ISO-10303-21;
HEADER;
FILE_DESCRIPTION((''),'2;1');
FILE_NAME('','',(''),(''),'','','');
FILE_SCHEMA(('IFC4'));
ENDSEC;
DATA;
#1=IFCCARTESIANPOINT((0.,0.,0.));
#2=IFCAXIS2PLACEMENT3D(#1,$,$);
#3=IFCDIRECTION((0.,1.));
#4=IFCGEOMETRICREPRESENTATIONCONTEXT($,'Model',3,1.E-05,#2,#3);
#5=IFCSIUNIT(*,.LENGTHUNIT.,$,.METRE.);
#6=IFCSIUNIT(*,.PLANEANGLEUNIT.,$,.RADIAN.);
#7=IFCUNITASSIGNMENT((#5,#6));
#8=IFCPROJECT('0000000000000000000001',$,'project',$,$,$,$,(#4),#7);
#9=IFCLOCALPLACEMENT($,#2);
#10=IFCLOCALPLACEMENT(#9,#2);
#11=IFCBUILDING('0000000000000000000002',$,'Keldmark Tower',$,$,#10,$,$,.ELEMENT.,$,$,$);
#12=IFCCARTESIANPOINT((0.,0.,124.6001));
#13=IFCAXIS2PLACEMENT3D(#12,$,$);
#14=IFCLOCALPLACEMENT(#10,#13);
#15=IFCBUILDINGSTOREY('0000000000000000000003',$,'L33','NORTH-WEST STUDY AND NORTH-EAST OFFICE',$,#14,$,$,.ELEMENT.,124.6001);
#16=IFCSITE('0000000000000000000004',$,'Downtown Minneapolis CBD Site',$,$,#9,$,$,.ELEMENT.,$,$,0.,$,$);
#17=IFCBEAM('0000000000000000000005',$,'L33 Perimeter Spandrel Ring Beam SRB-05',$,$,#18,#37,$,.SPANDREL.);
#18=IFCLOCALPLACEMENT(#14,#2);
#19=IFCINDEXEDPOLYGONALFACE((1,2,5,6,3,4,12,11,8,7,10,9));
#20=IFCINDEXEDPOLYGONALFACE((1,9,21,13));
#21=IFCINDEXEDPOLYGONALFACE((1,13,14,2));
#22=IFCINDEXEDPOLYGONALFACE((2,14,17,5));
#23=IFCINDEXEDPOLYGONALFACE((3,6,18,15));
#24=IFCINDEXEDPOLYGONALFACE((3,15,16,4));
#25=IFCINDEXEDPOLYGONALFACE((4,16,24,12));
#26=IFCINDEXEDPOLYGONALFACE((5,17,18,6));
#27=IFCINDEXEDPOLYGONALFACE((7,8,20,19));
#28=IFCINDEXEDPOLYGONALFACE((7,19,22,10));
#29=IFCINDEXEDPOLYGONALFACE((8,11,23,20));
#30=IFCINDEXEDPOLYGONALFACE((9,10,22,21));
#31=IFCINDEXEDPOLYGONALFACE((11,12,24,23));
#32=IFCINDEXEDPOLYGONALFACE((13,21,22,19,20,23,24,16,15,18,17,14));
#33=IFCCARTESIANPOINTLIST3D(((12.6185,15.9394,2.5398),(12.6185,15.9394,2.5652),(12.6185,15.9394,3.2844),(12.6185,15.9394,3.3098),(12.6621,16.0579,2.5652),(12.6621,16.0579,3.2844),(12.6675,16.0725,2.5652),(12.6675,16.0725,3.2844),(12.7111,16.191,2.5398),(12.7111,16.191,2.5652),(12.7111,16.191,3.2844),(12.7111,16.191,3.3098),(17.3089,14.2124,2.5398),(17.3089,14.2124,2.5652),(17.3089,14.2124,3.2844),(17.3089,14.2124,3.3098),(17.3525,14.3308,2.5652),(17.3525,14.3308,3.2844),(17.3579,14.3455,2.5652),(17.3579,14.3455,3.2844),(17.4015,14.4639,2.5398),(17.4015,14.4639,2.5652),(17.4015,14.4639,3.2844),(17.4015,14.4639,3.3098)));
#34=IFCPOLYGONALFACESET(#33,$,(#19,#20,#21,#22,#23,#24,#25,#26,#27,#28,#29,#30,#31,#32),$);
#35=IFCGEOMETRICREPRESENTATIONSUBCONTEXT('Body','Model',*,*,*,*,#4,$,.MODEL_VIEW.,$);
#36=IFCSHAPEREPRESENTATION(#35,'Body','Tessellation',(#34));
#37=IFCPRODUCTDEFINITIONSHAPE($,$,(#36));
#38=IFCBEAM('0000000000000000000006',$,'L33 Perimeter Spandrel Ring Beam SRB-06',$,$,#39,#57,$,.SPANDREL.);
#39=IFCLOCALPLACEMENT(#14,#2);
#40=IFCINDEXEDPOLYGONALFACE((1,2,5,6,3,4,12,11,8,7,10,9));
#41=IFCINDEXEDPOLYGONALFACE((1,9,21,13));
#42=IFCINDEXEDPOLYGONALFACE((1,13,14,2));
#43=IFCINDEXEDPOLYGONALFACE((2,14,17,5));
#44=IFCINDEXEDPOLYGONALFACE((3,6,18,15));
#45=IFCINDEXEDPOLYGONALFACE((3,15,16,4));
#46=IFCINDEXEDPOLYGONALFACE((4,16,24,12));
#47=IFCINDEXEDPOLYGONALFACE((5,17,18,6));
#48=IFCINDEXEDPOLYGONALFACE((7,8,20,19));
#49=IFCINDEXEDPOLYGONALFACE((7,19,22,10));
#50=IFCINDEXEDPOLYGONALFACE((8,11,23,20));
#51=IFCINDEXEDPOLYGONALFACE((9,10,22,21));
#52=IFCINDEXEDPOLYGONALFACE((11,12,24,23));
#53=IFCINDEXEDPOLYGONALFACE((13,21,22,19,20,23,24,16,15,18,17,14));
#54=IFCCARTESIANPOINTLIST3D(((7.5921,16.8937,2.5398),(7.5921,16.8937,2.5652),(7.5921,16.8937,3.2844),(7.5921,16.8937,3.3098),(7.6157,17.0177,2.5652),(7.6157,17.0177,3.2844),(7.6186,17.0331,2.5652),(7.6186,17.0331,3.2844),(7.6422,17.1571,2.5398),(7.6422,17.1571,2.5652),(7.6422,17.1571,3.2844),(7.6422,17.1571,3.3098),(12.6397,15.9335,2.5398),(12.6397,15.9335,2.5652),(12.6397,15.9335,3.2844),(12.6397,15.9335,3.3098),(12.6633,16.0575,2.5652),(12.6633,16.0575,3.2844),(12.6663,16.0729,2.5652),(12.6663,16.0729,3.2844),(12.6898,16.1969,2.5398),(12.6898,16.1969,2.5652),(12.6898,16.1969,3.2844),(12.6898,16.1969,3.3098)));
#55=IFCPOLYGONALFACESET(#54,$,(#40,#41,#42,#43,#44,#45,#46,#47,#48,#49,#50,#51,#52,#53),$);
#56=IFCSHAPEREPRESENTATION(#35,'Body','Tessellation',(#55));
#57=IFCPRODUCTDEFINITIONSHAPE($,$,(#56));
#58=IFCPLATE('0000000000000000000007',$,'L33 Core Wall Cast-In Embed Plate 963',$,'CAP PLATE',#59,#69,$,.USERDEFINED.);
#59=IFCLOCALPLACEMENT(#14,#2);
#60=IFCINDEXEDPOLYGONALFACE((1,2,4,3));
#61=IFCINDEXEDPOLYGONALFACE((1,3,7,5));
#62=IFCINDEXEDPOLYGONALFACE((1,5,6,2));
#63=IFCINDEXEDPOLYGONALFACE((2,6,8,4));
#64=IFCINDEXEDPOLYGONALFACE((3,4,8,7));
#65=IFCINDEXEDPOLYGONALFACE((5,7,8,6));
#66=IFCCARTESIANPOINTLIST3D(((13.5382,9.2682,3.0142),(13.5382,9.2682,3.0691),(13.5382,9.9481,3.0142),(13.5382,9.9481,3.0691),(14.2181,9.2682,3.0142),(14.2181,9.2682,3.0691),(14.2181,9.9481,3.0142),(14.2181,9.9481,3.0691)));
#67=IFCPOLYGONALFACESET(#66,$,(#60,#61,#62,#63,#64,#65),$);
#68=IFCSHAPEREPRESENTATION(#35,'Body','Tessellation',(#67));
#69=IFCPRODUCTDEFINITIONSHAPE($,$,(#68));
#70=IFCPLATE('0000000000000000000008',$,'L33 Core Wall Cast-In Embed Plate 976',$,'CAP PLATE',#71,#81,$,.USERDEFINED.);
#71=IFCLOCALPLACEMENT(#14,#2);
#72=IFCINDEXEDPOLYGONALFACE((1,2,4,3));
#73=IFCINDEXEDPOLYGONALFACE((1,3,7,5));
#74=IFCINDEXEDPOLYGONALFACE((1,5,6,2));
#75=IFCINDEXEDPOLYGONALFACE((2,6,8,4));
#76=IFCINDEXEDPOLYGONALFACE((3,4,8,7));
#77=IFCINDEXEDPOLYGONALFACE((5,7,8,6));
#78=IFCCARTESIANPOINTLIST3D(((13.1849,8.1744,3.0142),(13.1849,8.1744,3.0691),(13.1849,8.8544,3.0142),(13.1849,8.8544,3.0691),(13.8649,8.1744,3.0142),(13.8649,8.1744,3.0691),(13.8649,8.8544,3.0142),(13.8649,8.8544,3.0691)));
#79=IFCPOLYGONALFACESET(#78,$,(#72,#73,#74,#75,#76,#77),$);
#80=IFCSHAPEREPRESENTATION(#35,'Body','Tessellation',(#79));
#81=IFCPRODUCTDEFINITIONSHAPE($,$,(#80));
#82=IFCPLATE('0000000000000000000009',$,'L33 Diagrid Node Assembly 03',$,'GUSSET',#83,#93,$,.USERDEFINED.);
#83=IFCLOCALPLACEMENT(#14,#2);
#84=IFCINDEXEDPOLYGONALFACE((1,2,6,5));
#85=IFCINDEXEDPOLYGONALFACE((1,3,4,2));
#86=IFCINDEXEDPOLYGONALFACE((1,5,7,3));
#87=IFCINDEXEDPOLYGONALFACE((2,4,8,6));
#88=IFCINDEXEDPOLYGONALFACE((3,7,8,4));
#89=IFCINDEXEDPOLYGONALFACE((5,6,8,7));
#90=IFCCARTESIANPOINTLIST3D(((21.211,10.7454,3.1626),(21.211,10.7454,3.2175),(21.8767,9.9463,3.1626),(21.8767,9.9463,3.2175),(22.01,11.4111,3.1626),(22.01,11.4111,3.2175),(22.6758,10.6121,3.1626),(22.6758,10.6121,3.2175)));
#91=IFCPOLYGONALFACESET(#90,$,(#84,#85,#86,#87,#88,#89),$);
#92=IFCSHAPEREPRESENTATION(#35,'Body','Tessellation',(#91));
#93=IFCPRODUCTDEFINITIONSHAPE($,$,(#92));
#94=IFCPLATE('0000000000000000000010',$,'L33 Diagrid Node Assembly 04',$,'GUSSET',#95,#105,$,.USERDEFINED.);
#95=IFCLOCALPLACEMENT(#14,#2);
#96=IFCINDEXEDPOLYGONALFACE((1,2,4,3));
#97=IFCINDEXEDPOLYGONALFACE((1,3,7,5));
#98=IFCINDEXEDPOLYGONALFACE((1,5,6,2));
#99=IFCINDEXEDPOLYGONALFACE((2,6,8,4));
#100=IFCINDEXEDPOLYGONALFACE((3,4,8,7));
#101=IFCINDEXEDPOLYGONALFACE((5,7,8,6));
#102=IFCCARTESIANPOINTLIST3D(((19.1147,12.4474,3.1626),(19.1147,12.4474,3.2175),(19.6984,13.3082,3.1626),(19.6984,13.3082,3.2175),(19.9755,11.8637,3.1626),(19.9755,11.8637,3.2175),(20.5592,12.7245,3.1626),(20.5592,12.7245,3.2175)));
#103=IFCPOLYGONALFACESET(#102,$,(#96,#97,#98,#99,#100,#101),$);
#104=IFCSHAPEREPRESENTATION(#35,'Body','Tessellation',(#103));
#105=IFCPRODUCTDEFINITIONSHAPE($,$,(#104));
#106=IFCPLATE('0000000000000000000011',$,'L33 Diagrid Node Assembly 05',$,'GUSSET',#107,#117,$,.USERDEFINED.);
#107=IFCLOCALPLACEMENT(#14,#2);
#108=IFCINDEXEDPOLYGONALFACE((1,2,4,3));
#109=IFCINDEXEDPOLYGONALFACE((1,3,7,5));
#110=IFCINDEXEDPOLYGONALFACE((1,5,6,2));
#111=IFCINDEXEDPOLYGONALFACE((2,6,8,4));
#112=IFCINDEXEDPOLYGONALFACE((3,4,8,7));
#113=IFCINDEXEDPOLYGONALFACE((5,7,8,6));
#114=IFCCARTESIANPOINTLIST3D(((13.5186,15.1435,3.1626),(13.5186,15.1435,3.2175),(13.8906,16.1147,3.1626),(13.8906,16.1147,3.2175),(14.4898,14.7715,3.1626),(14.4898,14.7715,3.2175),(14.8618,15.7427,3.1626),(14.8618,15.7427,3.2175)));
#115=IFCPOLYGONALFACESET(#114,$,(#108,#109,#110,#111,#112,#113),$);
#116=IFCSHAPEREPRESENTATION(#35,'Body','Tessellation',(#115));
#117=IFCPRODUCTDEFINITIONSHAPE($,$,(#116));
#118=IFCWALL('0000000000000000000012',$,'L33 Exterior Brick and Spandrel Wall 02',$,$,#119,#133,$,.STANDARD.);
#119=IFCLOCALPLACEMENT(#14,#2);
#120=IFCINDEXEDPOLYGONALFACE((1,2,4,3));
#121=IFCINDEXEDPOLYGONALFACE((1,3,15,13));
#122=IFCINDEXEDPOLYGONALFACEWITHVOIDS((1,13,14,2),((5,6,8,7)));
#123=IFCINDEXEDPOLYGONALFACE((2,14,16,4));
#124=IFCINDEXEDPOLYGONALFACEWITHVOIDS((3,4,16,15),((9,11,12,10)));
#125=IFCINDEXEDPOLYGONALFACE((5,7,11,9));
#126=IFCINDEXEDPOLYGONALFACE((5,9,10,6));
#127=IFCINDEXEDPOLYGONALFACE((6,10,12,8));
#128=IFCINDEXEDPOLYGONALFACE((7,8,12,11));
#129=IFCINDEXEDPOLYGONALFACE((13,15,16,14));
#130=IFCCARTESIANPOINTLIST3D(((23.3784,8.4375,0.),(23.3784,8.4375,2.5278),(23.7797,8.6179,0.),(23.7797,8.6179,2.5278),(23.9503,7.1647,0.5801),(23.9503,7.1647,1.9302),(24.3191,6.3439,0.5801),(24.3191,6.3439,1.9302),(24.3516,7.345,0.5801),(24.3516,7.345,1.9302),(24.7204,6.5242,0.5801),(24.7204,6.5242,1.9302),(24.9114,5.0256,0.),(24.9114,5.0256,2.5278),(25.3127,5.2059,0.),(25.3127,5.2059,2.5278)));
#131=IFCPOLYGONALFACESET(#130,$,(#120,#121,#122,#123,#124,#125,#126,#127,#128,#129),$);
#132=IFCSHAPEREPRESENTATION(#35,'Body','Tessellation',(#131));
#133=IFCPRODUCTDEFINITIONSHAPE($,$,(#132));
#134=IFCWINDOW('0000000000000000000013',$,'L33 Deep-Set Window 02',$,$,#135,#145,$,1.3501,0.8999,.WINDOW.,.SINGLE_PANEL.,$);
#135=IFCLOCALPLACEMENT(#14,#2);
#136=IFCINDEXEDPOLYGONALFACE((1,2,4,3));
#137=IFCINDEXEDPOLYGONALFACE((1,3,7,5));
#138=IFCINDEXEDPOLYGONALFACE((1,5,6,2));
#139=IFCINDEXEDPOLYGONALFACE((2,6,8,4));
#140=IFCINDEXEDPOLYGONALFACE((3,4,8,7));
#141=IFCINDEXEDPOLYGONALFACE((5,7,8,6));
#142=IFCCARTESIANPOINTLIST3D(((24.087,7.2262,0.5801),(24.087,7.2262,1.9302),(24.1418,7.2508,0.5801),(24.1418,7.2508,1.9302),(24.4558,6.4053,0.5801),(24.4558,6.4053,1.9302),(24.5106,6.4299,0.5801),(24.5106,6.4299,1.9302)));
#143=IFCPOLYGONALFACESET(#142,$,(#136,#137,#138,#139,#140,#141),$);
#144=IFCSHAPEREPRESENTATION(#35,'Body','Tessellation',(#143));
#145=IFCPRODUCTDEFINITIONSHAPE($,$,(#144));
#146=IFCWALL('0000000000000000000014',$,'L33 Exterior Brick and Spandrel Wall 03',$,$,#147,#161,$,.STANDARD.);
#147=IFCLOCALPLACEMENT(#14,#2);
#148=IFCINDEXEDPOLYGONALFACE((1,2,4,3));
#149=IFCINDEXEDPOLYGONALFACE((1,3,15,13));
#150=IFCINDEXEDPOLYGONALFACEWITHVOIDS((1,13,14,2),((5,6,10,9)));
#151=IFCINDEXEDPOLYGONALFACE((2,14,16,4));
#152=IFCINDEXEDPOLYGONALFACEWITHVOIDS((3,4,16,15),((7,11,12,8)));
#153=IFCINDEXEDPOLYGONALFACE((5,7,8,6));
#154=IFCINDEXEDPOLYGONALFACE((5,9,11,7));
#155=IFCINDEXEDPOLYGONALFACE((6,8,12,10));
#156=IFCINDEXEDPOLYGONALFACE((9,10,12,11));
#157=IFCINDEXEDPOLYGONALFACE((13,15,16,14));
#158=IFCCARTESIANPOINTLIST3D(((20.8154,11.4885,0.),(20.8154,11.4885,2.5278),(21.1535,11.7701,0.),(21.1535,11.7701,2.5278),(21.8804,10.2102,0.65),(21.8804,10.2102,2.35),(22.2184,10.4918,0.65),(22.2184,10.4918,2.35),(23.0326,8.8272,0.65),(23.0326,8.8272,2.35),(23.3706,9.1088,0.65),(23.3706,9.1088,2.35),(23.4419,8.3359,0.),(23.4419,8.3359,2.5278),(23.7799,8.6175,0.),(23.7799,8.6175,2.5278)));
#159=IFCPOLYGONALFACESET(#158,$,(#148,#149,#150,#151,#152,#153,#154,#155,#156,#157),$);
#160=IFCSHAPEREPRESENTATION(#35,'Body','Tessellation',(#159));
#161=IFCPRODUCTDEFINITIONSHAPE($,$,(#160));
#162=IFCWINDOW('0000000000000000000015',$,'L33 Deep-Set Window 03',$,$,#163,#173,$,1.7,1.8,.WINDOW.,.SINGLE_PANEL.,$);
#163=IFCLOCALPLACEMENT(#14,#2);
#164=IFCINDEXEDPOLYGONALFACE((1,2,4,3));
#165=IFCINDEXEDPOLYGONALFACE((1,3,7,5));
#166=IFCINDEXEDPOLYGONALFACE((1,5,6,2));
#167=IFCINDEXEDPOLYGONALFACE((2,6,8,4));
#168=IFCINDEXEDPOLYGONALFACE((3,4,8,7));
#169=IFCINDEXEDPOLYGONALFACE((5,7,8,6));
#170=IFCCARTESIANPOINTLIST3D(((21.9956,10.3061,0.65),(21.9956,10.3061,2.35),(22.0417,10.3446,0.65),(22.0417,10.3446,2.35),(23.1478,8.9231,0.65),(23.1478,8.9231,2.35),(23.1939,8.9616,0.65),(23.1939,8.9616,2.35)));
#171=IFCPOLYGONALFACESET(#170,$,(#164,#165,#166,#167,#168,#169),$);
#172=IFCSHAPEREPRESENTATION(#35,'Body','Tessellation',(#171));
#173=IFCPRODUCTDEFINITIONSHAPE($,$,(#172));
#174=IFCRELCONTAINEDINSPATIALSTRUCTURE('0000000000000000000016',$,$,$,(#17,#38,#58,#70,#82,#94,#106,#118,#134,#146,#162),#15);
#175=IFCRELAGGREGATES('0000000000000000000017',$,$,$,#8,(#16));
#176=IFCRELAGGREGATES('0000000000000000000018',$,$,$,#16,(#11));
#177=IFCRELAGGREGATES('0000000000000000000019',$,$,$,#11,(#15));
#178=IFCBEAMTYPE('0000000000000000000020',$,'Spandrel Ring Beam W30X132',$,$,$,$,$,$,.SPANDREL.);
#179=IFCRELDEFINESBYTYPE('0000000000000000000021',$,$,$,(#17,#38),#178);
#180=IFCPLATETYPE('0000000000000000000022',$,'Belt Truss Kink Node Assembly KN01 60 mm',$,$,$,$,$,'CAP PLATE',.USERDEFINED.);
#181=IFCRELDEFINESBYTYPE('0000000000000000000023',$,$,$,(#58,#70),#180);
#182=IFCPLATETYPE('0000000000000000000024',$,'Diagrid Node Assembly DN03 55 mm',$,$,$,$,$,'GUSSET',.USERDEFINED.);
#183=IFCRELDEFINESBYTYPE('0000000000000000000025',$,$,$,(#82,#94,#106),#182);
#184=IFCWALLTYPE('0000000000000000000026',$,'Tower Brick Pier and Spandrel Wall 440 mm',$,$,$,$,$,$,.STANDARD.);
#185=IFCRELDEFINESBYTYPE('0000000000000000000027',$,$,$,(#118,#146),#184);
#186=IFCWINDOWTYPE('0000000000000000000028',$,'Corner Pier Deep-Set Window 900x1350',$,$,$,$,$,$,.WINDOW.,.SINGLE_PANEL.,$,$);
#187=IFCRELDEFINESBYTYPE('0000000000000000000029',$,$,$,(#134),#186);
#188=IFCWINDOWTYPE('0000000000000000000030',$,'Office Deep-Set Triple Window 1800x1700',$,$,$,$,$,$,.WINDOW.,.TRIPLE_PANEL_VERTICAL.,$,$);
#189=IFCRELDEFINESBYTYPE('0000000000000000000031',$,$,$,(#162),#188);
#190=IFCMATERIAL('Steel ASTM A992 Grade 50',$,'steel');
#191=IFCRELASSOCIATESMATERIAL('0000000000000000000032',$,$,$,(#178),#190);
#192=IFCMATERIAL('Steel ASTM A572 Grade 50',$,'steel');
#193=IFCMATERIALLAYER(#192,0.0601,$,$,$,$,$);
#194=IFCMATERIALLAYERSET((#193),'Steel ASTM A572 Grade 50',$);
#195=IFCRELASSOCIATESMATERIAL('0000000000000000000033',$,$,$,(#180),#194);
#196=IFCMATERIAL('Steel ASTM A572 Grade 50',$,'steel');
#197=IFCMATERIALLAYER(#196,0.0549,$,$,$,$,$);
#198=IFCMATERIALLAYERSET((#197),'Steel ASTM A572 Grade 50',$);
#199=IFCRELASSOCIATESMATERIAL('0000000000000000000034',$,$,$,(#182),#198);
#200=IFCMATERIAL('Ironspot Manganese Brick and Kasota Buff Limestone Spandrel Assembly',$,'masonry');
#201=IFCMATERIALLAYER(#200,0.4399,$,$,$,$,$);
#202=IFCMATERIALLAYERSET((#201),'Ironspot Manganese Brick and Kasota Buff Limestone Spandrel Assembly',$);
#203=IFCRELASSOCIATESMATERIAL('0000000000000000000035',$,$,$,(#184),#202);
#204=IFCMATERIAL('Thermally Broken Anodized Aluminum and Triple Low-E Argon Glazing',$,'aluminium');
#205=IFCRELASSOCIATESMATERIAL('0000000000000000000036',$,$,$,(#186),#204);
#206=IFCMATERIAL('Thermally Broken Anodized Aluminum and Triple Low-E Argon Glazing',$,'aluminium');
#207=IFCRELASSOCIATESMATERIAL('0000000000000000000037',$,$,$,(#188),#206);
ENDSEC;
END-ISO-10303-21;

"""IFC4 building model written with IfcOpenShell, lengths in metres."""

from ifc_helpers import new_model, si_unit, direction, frame, frame_2d, origin, origin_2d, place, context, subcontext, project, spatial, rectangle, i_section, extrude, material, layer, layer_set, material_profile, profile_set, type_object, element, fill, save


model = new_model("IFC4")

# Units and contexts
model_context = context("Model", 3, precision=1e-05, world=origin(), true_north=direction((0.0, 1.0)))
body_context = subcontext(model_context, "Body", "Model", "MODEL_VIEW")
ifc_project = project(units=[si_unit("LENGTHUNIT", "METRE"), si_unit("PLANEANGLEUNIT", "RADIAN")], contexts=[model_context])

# Site, building, storey
site_placement = place(None, origin())
site = spatial("IfcSite", under=ifc_project, at=site_placement, Name="Downtown Minneapolis CBD Site", CompositionType="ELEMENT", RefElevation=0.0)
building_placement = place(site_placement, origin())
building = spatial("IfcBuilding", under=site, at=building_placement, Name="Keldmark Tower", CompositionType="ELEMENT")
storey_placement = place(building_placement, frame((0.0, 0.0, 124.6001)))
storey = spatial("IfcBuildingStorey", under=building, at=storey_placement, Name="L33", Description="NORTH-WEST STUDY AND NORTH-EAST OFFICE", CompositionType="ELEMENT", Elevation=124.6001)

# Beams
ifc_material_1 = material(Name="Steel ASTM A992 Grade 50", Category="steel")
ifc_material_profile_1 = material_profile(ifc_material_1, i_section(OverallWidth=0.2681, OverallDepth=0.77, WebThickness=0.0156, FlangeThickness=0.0254, at=origin_2d()), Name="W30X132")
ifc_profile_set_1 = profile_set([ifc_material_profile_1], Name="Steel ASTM A992 Grade 50")
beam_type_1 = type_object("IfcBeamType", Name="Spandrel Ring Beam W30X132", PredefinedType="SPANDREL", material=ifc_profile_set_1)
beam_1_placement = place(storey_placement, frame((17.3552, 14.3381, 2.9248), z_axis=(-0.938408, 0.345529, 0.0), x_axis=(-0.345529, -0.938408, 0.0)))
element("IfcBeam", 1, at=beam_1_placement, inside=storey, type_object=beam_type_1, Name="L33 Perimeter Spandrel Ring Beam SRB-05", PredefinedType="SPANDREL", context=body_context, shape_type="SweptSolid", body=[
    extrude(i_section(OverallWidth=0.2681, OverallDepth=0.77, WebThickness=0.0156, FlangeThickness=0.0254, at=origin_2d()), origin(), (0.0, 0.0, 1.0), 4.9983),
])
beam_2_placement = place(storey_placement, frame((12.6648, 16.0652, 2.9248), z_axis=(-0.982383, 0.186878, 0.0), x_axis=(-0.186878, -0.982383, 0.0)))
element("IfcBeam", 2, at=beam_2_placement, inside=storey, type_object=beam_type_1, Name="L33 Perimeter Spandrel Ring Beam SRB-06", PredefinedType="SPANDREL", context=body_context, shape_type="SweptSolid", body=[
    extrude(i_section(OverallWidth=0.2681, OverallDepth=0.77, WebThickness=0.0156, FlangeThickness=0.0254, at=origin_2d()), origin(), (0.0, 0.0, 1.0), 5.1382),
])

# Plates
ifc_material_2 = material(Name="Steel ASTM A572 Grade 50", Category="steel")
ifc_layer_1 = layer(ifc_material_2, 0.0601)
ifc_layer_set_1 = layer_set([ifc_layer_1], Name="Steel ASTM A572 Grade 50")
plate_type_1 = type_object("IfcPlateType", Name="Belt Truss Kink Node Assembly KN01 60 mm", ElementType="CAP PLATE", PredefinedType="USERDEFINED", material=ifc_layer_set_1)
for number, where, z_axis, x_axis, name in (
    (3, (13.8782, 9.6082, 3.0142), (0.0, 0.0, 1.0), (1.0, 0.0, 0.0), "L33 Core Wall Cast-In Embed Plate 963"),
    (4, (13.5249, 8.5144, 3.0142), (0.0, 0.0, 1.0), (1.0, 0.0, 0.0), "L33 Core Wall Cast-In Embed Plate 976"),
):
    element("IfcPlate", number, at=place(storey_placement, frame(where, z_axis=z_axis, x_axis=x_axis)), inside=storey, type_object=plate_type_1, Name=name, ObjectType="CAP PLATE", PredefinedType="USERDEFINED", context=body_context, shape_type="SweptSolid", body=[
        extrude(rectangle(XDim=0.6799, YDim=0.6799, at=origin_2d()), origin(), (0.0, 0.0, 1.0), 0.0549),
    ])
ifc_material_3 = material(Name="Steel ASTM A572 Grade 50", Category="steel")
ifc_layer_2 = layer(ifc_material_3, 0.0549)
ifc_layer_set_2 = layer_set([ifc_layer_2], Name="Steel ASTM A572 Grade 50")
plate_type_2 = type_object("IfcPlateType", Name="Diagrid Node Assembly DN03 55 mm", ElementType="GUSSET", PredefinedType="USERDEFINED", material=ifc_layer_set_2)
for number, where, z_axis, x_axis, name in (
    (5, (21.9434, 10.6787, 3.1626), (0.0, 0.0, 1.0), (-0.64011, 0.768284, 0.0), "L33 Diagrid Node Assembly 03"),
    (6, (19.8369, 12.5859, 3.1626), (0.0, 0.0, 1.0), (-0.827669, 0.561217, 0.0), "L33 Diagrid Node Assembly 04"),
    (7, (14.1902, 15.4431, 3.1626), (0.0, 0.0, 1.0), (-0.93383, 0.357716, 0.0), "L33 Diagrid Node Assembly 05"),
):
    element("IfcPlate", number, at=place(storey_placement, frame(where, z_axis=z_axis, x_axis=x_axis)), inside=storey, type_object=plate_type_2, Name=name, ObjectType="GUSSET", PredefinedType="USERDEFINED", context=body_context, shape_type="SweptSolid", body=[
        extrude(rectangle(XDim=1.04, YDim=1.04, at=origin_2d()), origin(), (0.0, 0.0, 1.0), 0.0549),
    ])

# Walls, openings, windows
ifc_material_4 = material(Name="Ironspot Manganese Brick and Kasota Buff Limestone Spandrel Assembly", Category="masonry")
ifc_layer_3 = layer(ifc_material_4, 0.4399)
ifc_layer_set_3 = layer_set([ifc_layer_3], Name="Ironspot Manganese Brick and Kasota Buff Limestone Spandrel Assembly")
wall_type = type_object("IfcWallType", Name="Tower Brick Pier and Spandrel Wall 440 mm", PredefinedType="STANDARD", material=ifc_layer_set_3)
wall_1_placement = place(storey_placement, frame((23.5791, 8.5276, 0.0), z_axis=(0.0, 0.0, 1.0), x_axis=(0.409835, -0.91216, 0.0)))
wall_1 = element("IfcWall", 8, at=wall_1_placement, inside=storey, type_object=wall_type, Name="L33 Exterior Brick and Spandrel Wall 02", PredefinedType="STANDARD", context=body_context, shape_type="SweptSolid", body=[
    extrude(rectangle(XDim=3.7405, YDim=0.4399, at=frame_2d((1.8701, 0.0))), origin(), (0.0, 0.0, 1.0), 2.5278),
])
opening_1_placement = place(wall_1_placement, frame((1.3953, 0.0, 0.5801)))
opening_1 = element("IfcOpeningElement", 9, at=opening_1_placement, cuts=wall_1, PredefinedType="OPENING", context=body_context, shape_type="SweptSolid", body=[
    extrude(rectangle(XDim=0.8999, YDim=1.3501, at=frame_2d((0.45, 0.675))), frame((0.0, 0.23, 0.0), z_axis=(0.0, -1.0, 0.0), x_axis=(1.0, 0.0, 0.0)), (0.0, 0.0, 1.0), 0.46),
])
ifc_material_5 = material(Name="Thermally Broken Anodized Aluminum and Triple Low-E Argon Glazing", Category="aluminium")
window_type_1 = type_object("IfcWindowType", Name="Corner Pier Deep-Set Window 900x1350", PartitioningType="SINGLE_PANEL", PredefinedType="WINDOW", material=ifc_material_5)
window_1_placement = place(opening_1_placement, origin())
window_1 = element("IfcWindow", 10, at=window_1_placement, inside=storey, type_object=window_type_1, Name="L33 Deep-Set Window 02", OverallHeight=1.3501, OverallWidth=0.8999, PartitioningType="SINGLE_PANEL", PredefinedType="WINDOW", context=body_context, shape_type="SweptSolid", body=[
    extrude(rectangle(XDim=0.8999, YDim=1.3501, at=frame_2d((0.45, 0.675))), frame((0.0, -0.01, 0.0), z_axis=(0.0, -1.0, 0.0), x_axis=(1.0, 0.0, 0.0)), (0.0, 0.0, 1.0), 0.0601),
])
fill(opening_1, window_1)
wall_2_placement = place(storey_placement, frame((20.9844, 11.6294, 0.0), z_axis=(0.0, 0.0, 1.0), x_axis=(0.640085, -0.768304, 0.0)))
wall_2 = element("IfcWall", 11, at=wall_2_placement, inside=storey, type_object=wall_type, Name="L33 Exterior Brick and Spandrel Wall 03", PredefinedType="STANDARD", context=body_context, shape_type="SweptSolid", body=[
    extrude(rectangle(XDim=4.1033, YDim=0.4399, at=frame_2d((2.0518, 0.0))), origin(), (0.0, 0.0, 1.0), 2.5278),
])
opening_2_placement = place(wall_2_placement, frame((1.6641, 0.0, 0.6499)))
opening_2 = element("IfcOpeningElement", 12, at=opening_2_placement, cuts=wall_2, PredefinedType="OPENING", context=body_context, shape_type="SweptSolid", body=[
    extrude(rectangle(XDim=1.8, YDim=1.7, at=frame_2d((0.8999, 0.8501))), frame((0.0, 0.23, 0.0), z_axis=(0.0, -1.0, 0.0), x_axis=(1.0, 0.0, 0.0)), (0.0, 0.0, 1.0), 0.46),
])
ifc_material_6 = material(Name="Thermally Broken Anodized Aluminum and Triple Low-E Argon Glazing", Category="aluminium")
window_type_2 = type_object("IfcWindowType", Name="Office Deep-Set Triple Window 1800x1700", PartitioningType="TRIPLE_PANEL_VERTICAL", PredefinedType="WINDOW", material=ifc_material_6)
window_2_placement = place(opening_2_placement, origin())
window_2 = element("IfcWindow", 13, at=window_2_placement, inside=storey, type_object=window_type_2, Name="L33 Deep-Set Window 03", OverallHeight=1.7, OverallWidth=1.8, PartitioningType="SINGLE_PANEL", PredefinedType="WINDOW", context=body_context, shape_type="SweptSolid", body=[
    extrude(rectangle(XDim=1.8, YDim=1.7, at=frame_2d((0.8999, 0.8501))), frame((0.0, -0.01, 0.0), z_axis=(0.0, -1.0, 0.0), x_axis=(1.0, 0.0, 0.0)), (0.0, 0.0, 1.0), 0.0601),
])
fill(opening_2, window_2)

save(model, "model.ifc")
